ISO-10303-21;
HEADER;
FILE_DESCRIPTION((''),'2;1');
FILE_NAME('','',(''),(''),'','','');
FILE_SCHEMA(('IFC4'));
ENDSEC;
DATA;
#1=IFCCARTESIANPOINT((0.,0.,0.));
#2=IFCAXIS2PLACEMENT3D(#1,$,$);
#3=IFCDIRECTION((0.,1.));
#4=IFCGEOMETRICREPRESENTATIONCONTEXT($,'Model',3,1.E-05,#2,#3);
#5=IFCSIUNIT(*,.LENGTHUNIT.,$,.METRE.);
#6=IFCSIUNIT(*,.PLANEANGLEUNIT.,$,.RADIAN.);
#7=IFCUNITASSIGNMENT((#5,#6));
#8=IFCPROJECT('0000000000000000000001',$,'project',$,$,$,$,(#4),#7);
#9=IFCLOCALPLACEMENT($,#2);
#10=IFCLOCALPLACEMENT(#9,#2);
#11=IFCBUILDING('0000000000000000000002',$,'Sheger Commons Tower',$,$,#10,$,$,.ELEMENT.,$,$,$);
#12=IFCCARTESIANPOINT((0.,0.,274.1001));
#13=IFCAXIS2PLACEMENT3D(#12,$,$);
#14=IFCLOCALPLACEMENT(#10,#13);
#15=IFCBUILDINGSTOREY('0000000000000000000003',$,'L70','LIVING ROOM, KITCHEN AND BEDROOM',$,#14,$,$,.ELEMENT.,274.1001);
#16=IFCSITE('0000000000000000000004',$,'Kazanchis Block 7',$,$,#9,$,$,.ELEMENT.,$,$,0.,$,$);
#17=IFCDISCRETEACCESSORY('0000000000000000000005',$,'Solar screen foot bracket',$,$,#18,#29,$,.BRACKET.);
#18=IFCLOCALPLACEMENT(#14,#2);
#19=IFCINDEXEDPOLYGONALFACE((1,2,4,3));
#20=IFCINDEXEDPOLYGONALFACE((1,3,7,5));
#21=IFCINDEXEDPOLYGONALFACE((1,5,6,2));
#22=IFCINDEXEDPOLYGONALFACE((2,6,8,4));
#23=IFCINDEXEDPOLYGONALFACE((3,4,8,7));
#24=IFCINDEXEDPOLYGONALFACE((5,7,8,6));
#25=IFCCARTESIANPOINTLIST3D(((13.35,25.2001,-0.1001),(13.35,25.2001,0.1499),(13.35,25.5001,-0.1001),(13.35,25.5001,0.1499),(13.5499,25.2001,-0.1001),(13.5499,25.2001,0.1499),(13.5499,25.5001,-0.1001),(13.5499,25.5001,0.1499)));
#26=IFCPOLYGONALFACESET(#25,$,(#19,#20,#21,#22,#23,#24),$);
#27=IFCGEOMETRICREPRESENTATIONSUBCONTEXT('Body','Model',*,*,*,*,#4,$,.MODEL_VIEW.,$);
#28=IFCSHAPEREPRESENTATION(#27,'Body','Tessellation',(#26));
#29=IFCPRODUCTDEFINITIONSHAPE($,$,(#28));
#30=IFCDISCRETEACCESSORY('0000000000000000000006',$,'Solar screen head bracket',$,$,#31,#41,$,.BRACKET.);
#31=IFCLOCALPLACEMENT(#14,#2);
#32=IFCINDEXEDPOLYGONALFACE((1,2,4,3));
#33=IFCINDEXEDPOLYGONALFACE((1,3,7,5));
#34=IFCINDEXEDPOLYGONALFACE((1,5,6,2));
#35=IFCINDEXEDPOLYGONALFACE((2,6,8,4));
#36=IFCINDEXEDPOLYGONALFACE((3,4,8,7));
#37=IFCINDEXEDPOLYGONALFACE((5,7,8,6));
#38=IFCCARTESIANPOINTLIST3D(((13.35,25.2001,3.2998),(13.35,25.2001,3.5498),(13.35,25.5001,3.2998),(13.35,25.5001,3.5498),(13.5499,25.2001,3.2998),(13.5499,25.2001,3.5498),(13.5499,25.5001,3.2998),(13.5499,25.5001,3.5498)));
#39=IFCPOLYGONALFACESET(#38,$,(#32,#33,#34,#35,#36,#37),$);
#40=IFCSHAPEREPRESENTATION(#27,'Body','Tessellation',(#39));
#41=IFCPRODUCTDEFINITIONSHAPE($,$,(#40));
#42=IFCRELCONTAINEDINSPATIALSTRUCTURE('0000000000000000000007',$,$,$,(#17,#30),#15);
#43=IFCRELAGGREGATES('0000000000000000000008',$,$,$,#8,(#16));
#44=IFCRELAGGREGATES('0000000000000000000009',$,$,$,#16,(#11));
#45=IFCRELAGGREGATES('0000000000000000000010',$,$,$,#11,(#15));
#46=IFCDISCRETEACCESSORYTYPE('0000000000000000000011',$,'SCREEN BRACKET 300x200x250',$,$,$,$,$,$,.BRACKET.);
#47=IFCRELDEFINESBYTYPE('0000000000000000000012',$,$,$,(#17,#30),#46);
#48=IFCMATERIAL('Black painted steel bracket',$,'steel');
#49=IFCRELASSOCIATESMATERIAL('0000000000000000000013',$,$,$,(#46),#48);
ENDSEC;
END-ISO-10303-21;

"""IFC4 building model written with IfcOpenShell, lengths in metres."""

from ifc_helpers import new_model, si_unit, direction, frame, origin, origin_2d, place, context, subcontext, project, spatial, rectangle, extrude, material, type_object, element, save


model = new_model("IFC4")

# Units and contexts
model_context = context("Model", 3, precision=1e-05, world=origin(), true_north=direction((0.0, 1.0)))
body_context = subcontext(model_context, "Body", "Model", "MODEL_VIEW")
ifc_project = project(units=[si_unit("LENGTHUNIT", "METRE"), si_unit("PLANEANGLEUNIT", "RADIAN")], contexts=[model_context])

# Site, building, storey
site_placement = place(None, origin())
site = spatial("IfcSite", under=ifc_project, at=site_placement, Name="Kazanchis Block 7", CompositionType="ELEMENT", RefElevation=0.0)
building_placement = place(site_placement, origin())
building = spatial("IfcBuilding", under=site, at=building_placement, Name="Sheger Commons Tower", CompositionType="ELEMENT")
storey_placement = place(building_placement, frame((0.0, 0.0, 274.1001)))
storey = spatial("IfcBuildingStorey", under=building, at=storey_placement, Name="L70", Description="LIVING ROOM, KITCHEN AND BEDROOM", CompositionType="ELEMENT", Elevation=274.1001)

# Discrete accessories
ifc_material_1 = material(Name="Black painted steel bracket", Category="steel")
discrete_accessory_type = type_object("IfcDiscreteAccessoryType", Name="SCREEN BRACKET 300x200x250", PredefinedType="BRACKET", material=ifc_material_1)
for number, where, z_axis, x_axis, name in (
    (1, (13.45, 25.3501, -0.1001), (0.0, 0.0, 1.0), (0.0, -1.0, 0.0), "Solar screen foot bracket"),
    (2, (13.45, 25.3501, 3.2998), (0.0, 0.0, 1.0), (0.0, -1.0, 0.0), "Solar screen head bracket"),
):
    element("IfcDiscreteAccessory", number, at=place(storey_placement, frame(where, z_axis=z_axis, x_axis=x_axis)), inside=storey, type_object=discrete_accessory_type, Name=name, PredefinedType="BRACKET", context=body_context, shape_type="SweptSolid", body=[
        extrude(rectangle(XDim=0.3, YDim=0.2, at=origin_2d()), origin(), (0.0, 0.0, 1.0), 0.25),
    ])

save(model, "model.ifc")
